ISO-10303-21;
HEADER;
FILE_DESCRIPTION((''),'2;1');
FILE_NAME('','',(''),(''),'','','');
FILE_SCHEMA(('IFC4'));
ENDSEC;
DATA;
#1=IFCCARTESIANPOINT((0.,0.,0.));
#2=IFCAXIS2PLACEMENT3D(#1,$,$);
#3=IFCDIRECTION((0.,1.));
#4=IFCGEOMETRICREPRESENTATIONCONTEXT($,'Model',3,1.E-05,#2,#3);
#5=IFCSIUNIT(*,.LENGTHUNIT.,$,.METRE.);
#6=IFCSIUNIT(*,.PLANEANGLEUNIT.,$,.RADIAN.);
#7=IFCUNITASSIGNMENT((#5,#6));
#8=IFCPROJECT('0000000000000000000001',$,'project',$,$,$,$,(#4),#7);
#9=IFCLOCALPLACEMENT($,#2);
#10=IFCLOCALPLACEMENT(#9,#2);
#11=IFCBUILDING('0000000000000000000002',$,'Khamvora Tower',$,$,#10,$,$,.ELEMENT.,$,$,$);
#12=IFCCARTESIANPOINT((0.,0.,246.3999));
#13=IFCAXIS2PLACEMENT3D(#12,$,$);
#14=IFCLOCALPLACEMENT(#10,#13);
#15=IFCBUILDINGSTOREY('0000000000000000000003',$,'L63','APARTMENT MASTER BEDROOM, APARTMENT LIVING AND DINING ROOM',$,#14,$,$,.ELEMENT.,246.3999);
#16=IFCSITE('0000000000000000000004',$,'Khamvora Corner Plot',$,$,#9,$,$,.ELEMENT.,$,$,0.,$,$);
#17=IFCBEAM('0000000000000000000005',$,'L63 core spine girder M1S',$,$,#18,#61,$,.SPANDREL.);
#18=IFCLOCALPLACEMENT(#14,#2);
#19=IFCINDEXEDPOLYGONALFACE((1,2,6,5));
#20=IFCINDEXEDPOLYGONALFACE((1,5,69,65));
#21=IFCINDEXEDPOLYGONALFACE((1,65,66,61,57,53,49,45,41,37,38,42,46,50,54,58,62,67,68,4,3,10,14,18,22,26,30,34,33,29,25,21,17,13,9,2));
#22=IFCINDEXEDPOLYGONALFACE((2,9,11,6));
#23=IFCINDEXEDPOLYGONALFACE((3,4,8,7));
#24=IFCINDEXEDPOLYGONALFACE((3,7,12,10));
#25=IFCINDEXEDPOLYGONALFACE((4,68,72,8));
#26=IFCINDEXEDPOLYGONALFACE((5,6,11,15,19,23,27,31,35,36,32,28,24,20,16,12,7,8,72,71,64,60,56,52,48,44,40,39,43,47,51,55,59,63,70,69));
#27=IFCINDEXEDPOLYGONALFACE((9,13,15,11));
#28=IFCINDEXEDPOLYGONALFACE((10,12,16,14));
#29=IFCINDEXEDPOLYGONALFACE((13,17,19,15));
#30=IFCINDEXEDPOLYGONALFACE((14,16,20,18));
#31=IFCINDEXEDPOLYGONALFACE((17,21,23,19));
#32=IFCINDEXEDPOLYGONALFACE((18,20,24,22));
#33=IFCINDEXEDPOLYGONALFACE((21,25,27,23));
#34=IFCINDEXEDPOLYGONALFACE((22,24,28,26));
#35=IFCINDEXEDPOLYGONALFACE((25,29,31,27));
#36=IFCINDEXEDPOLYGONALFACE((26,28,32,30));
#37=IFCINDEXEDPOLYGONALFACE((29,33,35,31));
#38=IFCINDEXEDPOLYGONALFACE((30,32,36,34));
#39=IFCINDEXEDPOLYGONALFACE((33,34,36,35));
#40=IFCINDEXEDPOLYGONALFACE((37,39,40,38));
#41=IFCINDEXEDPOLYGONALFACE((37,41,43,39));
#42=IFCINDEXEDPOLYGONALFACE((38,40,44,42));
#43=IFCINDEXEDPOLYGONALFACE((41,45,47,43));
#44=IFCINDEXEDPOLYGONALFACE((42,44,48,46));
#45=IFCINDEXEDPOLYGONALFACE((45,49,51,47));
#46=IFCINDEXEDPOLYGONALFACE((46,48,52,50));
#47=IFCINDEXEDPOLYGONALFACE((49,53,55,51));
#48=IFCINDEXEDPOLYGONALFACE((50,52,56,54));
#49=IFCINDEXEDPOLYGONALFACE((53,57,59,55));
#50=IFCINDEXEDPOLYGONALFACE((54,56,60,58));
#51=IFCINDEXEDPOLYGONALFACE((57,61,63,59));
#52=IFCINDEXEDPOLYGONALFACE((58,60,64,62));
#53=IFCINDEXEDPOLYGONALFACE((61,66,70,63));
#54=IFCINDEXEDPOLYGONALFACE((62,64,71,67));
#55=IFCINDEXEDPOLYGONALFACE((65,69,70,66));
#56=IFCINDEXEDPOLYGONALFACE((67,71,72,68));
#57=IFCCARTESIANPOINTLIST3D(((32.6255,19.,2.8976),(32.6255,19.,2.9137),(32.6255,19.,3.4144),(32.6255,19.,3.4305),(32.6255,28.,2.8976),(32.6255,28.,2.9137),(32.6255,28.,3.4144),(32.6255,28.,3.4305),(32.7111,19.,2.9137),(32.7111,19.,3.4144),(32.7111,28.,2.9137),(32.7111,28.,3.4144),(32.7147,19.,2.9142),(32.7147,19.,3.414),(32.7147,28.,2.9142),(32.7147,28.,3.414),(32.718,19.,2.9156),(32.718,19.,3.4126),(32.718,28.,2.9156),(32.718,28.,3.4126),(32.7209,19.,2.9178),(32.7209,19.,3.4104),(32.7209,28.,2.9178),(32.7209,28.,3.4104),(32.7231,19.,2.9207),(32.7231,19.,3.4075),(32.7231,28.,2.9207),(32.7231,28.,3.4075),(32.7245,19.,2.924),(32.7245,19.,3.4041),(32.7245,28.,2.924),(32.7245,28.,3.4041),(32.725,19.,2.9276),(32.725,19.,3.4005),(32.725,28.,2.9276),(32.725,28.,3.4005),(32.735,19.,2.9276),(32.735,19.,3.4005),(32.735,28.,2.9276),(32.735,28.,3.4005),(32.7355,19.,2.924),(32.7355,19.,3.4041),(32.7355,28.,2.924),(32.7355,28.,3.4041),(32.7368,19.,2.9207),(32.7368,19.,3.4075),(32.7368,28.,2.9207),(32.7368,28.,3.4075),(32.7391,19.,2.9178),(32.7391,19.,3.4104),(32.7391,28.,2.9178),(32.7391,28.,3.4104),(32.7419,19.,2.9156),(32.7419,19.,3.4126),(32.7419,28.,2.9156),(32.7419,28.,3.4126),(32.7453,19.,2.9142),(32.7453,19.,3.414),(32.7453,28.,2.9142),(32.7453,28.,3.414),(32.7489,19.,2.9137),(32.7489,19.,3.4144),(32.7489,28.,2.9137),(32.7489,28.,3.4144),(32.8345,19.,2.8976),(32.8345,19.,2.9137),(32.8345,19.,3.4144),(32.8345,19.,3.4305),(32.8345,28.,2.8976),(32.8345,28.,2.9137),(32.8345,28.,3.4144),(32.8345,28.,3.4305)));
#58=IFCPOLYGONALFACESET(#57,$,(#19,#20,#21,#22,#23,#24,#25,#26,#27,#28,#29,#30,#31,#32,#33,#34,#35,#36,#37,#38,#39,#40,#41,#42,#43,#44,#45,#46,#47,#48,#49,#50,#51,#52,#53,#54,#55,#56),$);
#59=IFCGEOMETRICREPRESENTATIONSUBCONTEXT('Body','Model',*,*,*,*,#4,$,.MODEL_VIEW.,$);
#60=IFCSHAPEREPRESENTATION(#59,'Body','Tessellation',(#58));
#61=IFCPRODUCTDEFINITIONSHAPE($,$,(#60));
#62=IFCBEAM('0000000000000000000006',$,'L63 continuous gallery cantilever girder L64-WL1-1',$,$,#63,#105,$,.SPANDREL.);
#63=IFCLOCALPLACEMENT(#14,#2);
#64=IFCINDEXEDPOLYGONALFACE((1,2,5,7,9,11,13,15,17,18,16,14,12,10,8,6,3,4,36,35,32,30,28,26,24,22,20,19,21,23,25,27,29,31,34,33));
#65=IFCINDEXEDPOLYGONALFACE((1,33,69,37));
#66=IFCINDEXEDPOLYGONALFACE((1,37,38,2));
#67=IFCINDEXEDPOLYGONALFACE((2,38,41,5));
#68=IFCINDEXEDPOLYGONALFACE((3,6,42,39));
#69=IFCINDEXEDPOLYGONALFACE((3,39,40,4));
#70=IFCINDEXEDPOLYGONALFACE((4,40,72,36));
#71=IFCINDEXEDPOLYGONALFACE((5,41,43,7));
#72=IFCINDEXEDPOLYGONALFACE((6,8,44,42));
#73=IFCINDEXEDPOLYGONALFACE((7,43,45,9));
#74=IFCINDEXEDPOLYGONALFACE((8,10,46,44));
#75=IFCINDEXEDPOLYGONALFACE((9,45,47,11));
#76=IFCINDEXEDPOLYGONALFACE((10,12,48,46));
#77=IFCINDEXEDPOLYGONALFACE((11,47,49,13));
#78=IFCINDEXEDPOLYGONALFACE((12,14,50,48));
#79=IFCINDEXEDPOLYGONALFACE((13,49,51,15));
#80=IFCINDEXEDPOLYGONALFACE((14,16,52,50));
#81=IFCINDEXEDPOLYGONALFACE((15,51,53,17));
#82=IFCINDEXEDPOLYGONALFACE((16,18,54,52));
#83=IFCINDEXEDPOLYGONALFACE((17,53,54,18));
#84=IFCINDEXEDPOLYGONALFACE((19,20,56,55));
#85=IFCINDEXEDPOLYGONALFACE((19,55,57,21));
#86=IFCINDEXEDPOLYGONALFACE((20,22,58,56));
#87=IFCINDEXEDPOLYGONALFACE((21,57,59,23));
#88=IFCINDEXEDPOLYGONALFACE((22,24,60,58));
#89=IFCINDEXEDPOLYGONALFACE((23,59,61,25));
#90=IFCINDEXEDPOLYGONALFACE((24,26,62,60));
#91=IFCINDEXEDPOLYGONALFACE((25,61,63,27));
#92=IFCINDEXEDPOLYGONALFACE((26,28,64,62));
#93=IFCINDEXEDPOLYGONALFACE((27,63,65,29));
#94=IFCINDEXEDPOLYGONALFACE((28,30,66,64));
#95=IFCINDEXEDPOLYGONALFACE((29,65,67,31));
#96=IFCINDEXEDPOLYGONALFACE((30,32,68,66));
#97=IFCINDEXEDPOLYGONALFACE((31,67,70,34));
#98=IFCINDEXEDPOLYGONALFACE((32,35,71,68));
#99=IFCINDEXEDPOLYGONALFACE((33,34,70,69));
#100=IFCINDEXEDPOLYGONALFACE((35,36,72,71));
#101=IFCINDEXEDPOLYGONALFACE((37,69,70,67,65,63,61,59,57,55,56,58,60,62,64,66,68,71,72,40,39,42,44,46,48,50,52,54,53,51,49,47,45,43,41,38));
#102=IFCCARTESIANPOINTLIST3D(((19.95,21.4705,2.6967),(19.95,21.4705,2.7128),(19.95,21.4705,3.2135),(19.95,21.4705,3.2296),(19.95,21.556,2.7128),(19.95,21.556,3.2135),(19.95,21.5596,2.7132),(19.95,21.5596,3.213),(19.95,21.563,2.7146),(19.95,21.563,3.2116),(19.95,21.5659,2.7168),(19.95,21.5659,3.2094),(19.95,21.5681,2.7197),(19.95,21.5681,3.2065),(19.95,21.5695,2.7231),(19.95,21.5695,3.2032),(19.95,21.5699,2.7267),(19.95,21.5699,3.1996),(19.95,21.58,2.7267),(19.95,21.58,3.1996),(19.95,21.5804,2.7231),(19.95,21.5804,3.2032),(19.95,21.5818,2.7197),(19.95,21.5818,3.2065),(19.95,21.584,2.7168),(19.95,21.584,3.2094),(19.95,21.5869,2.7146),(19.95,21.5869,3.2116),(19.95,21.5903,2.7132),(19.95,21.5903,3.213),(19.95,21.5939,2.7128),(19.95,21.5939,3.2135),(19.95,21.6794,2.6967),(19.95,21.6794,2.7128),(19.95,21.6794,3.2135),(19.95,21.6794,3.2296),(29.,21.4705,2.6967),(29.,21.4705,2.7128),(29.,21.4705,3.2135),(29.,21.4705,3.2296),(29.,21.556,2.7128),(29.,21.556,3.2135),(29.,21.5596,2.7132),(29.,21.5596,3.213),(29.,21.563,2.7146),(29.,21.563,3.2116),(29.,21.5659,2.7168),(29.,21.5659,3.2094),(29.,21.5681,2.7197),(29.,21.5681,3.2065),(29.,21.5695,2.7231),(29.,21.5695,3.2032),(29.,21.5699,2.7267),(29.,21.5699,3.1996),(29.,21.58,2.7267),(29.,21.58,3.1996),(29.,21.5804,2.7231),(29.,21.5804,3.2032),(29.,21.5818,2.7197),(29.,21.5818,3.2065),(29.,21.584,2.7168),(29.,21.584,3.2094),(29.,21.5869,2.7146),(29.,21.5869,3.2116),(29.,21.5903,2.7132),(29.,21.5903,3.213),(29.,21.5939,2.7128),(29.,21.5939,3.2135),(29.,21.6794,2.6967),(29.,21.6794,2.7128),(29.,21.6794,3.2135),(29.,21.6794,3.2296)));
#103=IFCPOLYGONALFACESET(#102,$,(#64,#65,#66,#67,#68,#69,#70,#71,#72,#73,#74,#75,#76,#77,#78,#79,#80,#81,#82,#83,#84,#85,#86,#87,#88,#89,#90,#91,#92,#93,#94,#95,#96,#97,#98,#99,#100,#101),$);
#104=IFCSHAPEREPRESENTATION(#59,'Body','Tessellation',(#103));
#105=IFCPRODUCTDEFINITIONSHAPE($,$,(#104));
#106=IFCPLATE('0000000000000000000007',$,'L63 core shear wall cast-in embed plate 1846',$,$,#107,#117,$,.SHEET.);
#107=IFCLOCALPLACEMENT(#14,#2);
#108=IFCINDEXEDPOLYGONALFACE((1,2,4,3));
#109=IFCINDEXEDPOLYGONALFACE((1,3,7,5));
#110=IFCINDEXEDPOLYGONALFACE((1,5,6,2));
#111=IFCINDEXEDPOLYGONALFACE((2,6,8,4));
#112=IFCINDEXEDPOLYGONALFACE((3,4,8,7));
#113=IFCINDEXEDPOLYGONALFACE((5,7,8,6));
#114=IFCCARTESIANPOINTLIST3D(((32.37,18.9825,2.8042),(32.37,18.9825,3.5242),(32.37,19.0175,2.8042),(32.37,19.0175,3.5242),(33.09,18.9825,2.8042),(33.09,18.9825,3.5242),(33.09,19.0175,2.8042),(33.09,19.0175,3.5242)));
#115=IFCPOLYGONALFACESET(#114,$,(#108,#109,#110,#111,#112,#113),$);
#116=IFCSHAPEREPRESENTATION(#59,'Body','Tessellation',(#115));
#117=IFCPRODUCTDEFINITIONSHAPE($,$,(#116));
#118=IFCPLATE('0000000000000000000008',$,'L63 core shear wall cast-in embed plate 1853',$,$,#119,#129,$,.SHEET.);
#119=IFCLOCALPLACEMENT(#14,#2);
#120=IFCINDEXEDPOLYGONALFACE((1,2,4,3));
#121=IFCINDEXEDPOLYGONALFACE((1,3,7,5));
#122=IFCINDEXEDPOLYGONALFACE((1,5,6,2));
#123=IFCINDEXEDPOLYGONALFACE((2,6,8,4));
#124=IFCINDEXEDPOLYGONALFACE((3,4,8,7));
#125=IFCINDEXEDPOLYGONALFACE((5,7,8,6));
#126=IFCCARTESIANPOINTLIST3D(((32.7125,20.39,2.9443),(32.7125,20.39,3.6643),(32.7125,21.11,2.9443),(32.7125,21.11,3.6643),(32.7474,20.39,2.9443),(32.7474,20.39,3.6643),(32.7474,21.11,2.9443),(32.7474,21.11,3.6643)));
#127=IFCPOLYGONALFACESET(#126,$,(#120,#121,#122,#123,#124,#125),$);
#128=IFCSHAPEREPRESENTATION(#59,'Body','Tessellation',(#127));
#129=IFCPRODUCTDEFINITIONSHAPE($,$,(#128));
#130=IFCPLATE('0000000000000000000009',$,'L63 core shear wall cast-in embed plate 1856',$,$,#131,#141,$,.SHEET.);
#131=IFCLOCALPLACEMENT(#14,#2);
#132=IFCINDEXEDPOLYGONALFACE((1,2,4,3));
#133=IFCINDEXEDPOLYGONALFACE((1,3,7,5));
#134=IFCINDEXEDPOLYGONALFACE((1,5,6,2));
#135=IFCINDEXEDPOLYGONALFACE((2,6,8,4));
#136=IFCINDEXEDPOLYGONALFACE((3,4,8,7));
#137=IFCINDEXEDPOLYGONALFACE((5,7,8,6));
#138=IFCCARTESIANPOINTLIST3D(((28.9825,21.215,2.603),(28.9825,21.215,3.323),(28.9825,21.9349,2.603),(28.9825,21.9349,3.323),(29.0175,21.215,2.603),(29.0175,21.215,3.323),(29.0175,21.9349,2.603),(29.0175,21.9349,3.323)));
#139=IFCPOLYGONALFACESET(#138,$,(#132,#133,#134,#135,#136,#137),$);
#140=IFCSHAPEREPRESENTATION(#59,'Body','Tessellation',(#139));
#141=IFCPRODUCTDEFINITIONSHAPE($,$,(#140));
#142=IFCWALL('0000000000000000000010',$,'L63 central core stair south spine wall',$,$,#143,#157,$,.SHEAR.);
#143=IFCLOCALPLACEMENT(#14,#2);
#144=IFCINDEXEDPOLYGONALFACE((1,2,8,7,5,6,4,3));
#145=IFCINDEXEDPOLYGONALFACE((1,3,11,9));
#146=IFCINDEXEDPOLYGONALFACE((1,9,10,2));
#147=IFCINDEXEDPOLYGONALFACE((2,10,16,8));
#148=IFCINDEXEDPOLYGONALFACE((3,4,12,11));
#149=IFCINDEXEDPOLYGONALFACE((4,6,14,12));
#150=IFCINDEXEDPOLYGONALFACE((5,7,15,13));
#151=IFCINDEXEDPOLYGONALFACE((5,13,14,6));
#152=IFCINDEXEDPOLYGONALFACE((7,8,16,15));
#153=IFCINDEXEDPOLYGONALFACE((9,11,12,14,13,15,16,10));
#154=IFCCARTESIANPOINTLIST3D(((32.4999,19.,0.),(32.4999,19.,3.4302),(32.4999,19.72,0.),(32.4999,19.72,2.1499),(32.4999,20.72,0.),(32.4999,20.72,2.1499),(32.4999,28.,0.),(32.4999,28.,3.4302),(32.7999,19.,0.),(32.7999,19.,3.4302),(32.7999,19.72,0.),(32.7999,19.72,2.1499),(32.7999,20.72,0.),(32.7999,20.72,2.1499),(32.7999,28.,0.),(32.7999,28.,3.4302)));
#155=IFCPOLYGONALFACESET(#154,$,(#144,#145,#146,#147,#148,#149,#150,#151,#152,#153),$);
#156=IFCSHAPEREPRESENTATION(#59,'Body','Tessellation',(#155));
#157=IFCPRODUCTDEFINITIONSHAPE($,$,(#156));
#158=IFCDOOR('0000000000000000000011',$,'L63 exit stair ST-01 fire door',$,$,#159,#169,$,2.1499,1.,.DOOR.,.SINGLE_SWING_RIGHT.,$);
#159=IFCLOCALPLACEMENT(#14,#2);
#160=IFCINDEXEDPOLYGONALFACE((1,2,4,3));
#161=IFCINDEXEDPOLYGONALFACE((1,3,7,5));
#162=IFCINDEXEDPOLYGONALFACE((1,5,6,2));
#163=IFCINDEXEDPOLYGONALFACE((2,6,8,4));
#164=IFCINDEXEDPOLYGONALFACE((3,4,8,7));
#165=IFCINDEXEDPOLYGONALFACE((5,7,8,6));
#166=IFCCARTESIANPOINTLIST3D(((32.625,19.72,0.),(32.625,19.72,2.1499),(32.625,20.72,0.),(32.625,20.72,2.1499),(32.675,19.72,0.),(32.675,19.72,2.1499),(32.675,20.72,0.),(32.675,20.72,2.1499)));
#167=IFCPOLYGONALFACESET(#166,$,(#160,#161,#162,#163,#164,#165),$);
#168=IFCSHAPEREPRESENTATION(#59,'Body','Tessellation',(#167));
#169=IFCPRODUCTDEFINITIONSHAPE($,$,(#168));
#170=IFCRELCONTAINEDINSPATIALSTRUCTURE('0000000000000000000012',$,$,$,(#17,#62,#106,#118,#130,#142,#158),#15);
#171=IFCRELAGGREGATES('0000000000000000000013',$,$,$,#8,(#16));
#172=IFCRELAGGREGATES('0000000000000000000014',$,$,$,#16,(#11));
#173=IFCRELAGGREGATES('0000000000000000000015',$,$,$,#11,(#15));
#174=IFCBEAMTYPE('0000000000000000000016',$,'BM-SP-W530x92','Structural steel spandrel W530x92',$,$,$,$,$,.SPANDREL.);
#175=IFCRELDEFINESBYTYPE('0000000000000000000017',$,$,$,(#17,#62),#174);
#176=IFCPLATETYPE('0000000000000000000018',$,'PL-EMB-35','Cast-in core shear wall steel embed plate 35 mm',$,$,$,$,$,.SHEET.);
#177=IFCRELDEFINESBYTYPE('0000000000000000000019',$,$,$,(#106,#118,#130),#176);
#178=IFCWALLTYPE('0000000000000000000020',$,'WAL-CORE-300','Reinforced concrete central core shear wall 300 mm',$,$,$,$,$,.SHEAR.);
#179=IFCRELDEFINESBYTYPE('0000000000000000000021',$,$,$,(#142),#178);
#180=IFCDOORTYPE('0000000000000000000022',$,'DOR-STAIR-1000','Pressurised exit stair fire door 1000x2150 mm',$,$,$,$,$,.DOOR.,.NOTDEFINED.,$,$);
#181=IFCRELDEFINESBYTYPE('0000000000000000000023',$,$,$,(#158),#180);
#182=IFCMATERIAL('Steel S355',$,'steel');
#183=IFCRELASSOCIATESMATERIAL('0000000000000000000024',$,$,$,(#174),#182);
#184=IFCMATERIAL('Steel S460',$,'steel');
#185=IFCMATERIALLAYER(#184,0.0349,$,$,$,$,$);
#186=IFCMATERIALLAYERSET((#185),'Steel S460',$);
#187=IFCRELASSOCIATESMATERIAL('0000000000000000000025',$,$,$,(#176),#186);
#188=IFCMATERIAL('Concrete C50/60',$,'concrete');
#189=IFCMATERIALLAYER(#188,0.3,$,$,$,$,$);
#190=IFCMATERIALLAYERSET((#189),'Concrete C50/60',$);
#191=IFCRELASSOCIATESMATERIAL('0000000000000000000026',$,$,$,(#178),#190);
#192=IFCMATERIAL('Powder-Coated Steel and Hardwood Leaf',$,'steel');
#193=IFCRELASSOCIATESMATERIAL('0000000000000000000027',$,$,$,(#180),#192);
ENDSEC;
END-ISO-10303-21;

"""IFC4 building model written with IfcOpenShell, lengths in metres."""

from ifc_helpers import new_model, si_unit, direction, frame, frame_2d, origin, origin_2d, place, context, subcontext, project, spatial, rectangle, i_section, extrude, material, layer, layer_set, material_profile, profile_set, type_object, element, fill, save


model = new_model("IFC4")

# Units and contexts
model_context = context("Model", 3, precision=1e-05, world=origin(), true_north=direction((0.0, 1.0)))
body_context = subcontext(model_context, "Body", "Model", "MODEL_VIEW")
ifc_project = project(units=[si_unit("LENGTHUNIT", "METRE"), si_unit("PLANEANGLEUNIT", "RADIAN")], contexts=[model_context])

# Site, building, storey
site_placement = place(None, origin())
site = spatial("IfcSite", under=ifc_project, at=site_placement, Name="Khamvora Corner Plot", CompositionType="ELEMENT", RefElevation=0.0)
building_placement = place(site_placement, origin())
building = spatial("IfcBuilding", under=site, at=building_placement, Name="Khamvora Tower", CompositionType="ELEMENT")
storey_placement = place(building_placement, frame((0.0, 0.0, 246.3999)))
storey = spatial("IfcBuildingStorey", under=building, at=storey_placement, Name="L63", Description="APARTMENT MASTER BEDROOM, APARTMENT LIVING AND DINING ROOM", CompositionType="ELEMENT", Elevation=246.3999)

# Beams
ifc_material_1 = material(Name="Steel S355", Category="steel")
ifc_material_profile = material_profile(ifc_material_1, i_section(OverallWidth=0.209, OverallDepth=0.533, WebThickness=0.01, FlangeThickness=0.0161, FilletRadius=0.0139, at=origin_2d()), Name="W530x92")
ifc_profile_set = profile_set([ifc_material_profile], Name="Steel S355")
beam_type = type_object("IfcBeamType", Name="BM-SP-W530x92", Description="Structural steel spandrel W530x92", PredefinedType="SPANDREL", material=ifc_profile_set)
beam_1_placement = place(storey_placement, frame((32.73, 19.0, 3.1641), z_axis=(0.0, 1.0, 0.0), x_axis=(-1.0, 0.0, 0.0)))
element("IfcBeam", 1, at=beam_1_placement, inside=storey, type_object=beam_type, Name="L63 core spine girder M1S", PredefinedType="SPANDREL", context=body_context, shape_type="SweptSolid", body=[
    extrude(i_section(OverallWidth=0.209, OverallDepth=0.533, WebThickness=0.01, FlangeThickness=0.0161, FilletRadius=0.0139, at=origin_2d()), origin(), (0.0, 0.0, 1.0), 9.0),
])
beam_2_placement = place(storey_placement, frame((29.0, 21.575, 2.9631), z_axis=(-1.0, 0.0, 0.0), x_axis=(0.0, -1.0, 0.0)))
element("IfcBeam", 2, at=beam_2_placement, inside=storey, type_object=beam_type, Name="L63 continuous gallery cantilever girder L64-WL1-1", PredefinedType="SPANDREL", context=body_context, shape_type="SweptSolid", body=[
    extrude(i_section(OverallWidth=0.209, OverallDepth=0.533, WebThickness=0.01, FlangeThickness=0.0161, FilletRadius=0.0139, at=origin_2d()), origin(), (0.0, 0.0, 1.0), 9.05),
])

# Plates
ifc_material_2 = material(Name="Steel S460", Category="steel")
ifc_layer_1 = layer(ifc_material_2, 0.0349)
ifc_layer_set_1 = layer_set([ifc_layer_1], Name="Steel S460")
plate_type = type_object("IfcPlateType", Name="PL-EMB-35", Description="Cast-in core shear wall steel embed plate 35 mm", PredefinedType="SHEET", material=ifc_layer_set_1)
plate_placement = place(storey_placement, frame((32.73, 19.0, 2.8042), z_axis=(0.0, 0.0, 1.0), x_axis=(1.0, 0.0, 0.0)))
element("IfcPlate", 3, at=plate_placement, inside=storey, type_object=plate_type, Name="L63 core shear wall cast-in embed plate 1846", PredefinedType="SHEET", context=body_context, shape_type="SweptSolid", body=[
    extrude(rectangle(XDim=0.72, YDim=0.0349, at=origin_2d()), origin(), (0.0, 0.0, 1.0), 0.72),
])
for number, where, z_axis, x_axis, name in (
    (4, (32.73, 20.75, 2.9443), (0.0, 0.0, 1.0), (1.0, 0.0, 0.0), "L63 core shear wall cast-in embed plate 1853"),
    (5, (29.0, 21.575, 2.603), (0.0, 0.0, 1.0), (1.0, 0.0, 0.0), "L63 core shear wall cast-in embed plate 1856"),
):
    element("IfcPlate", number, at=place(storey_placement, frame(where, z_axis=z_axis, x_axis=x_axis)), inside=storey, type_object=plate_type, Name=name, PredefinedType="SHEET", context=body_context, shape_type="SweptSolid", body=[
        extrude(rectangle(XDim=0.0349, YDim=0.72, at=origin_2d()), origin(), (0.0, 0.0, 1.0), 0.72),
    ])

# Wall, opening, door
ifc_material_3 = material(Name="Concrete C50/60", Category="concrete")
ifc_layer_2 = layer(ifc_material_3, 0.3)
ifc_layer_set_2 = layer_set([ifc_layer_2], Name="Concrete C50/60")
wall_type_1 = type_object("IfcWallType", Name="WAL-CORE-300", Description="Reinforced concrete central core shear wall 300 mm", PredefinedType="SHEAR", material=ifc_layer_set_2)
wall_1_placement = place(storey_placement, frame((32.6499, 19.0, 0.0), z_axis=(0.0, 0.0, 1.0), x_axis=(0.0, 1.0, 0.0)))
wall_1 = element("IfcWall", 6, at=wall_1_placement, inside=storey, type_object=wall_type_1, Name="L63 central core stair south spine wall", PredefinedType="SHEAR", context=body_context, shape_type="SweptSolid", body=[
    extrude(rectangle(XDim=9.0, YDim=0.3, at=frame_2d((4.5, 0.0))), origin(), (0.0, 0.0, 1.0), 3.4302),
])
opening_1_placement = place(wall_1_placement, frame((0.72, 0.0, 0.0)))
opening_1 = element("IfcOpeningElement", 7, at=opening_1_placement, cuts=wall_1, PredefinedType="OPENING", context=body_context, shape_type="SweptSolid", body=[
    extrude(rectangle(XDim=1.0, YDim=2.1499, at=frame_2d((0.5, 1.075))), frame((0.0, 0.1599, 0.0), z_axis=(0.0, -1.0, 0.0), x_axis=(1.0, 0.0, 0.0)), (0.0, 0.0, 1.0), 0.3201),
])
ifc_material_4 = material(Name="Powder-Coated Steel and Hardwood Leaf", Category="steel")
door_type_1 = type_object("IfcDoorType", Name="DOR-STAIR-1000", Description="Pressurised exit stair fire door 1000x2150 mm", OperationType="NOTDEFINED", PredefinedType="DOOR", material=ifc_material_4)
door_1_placement = place(opening_1_placement, origin())
door_1 = element("IfcDoor", 8, at=door_1_placement, inside=storey, type_object=door_type_1, Name="L63 exit stair ST-01 fire door", OperationType="SINGLE_SWING_RIGHT", OverallHeight=2.1499, OverallWidth=1.0, PredefinedType="DOOR", context=body_context, shape_type="SweptSolid", body=[
    extrude(rectangle(XDim=1.0, YDim=2.1499, at=frame_2d((0.5, 1.075))), frame((0.0, 0.0249, 0.0), z_axis=(0.0, -1.0, 0.0), x_axis=(1.0, 0.0, 0.0)), (0.0, 0.0, 1.0), 0.05),
])
fill(opening_1, door_1)

save(model, "model.ifc")
